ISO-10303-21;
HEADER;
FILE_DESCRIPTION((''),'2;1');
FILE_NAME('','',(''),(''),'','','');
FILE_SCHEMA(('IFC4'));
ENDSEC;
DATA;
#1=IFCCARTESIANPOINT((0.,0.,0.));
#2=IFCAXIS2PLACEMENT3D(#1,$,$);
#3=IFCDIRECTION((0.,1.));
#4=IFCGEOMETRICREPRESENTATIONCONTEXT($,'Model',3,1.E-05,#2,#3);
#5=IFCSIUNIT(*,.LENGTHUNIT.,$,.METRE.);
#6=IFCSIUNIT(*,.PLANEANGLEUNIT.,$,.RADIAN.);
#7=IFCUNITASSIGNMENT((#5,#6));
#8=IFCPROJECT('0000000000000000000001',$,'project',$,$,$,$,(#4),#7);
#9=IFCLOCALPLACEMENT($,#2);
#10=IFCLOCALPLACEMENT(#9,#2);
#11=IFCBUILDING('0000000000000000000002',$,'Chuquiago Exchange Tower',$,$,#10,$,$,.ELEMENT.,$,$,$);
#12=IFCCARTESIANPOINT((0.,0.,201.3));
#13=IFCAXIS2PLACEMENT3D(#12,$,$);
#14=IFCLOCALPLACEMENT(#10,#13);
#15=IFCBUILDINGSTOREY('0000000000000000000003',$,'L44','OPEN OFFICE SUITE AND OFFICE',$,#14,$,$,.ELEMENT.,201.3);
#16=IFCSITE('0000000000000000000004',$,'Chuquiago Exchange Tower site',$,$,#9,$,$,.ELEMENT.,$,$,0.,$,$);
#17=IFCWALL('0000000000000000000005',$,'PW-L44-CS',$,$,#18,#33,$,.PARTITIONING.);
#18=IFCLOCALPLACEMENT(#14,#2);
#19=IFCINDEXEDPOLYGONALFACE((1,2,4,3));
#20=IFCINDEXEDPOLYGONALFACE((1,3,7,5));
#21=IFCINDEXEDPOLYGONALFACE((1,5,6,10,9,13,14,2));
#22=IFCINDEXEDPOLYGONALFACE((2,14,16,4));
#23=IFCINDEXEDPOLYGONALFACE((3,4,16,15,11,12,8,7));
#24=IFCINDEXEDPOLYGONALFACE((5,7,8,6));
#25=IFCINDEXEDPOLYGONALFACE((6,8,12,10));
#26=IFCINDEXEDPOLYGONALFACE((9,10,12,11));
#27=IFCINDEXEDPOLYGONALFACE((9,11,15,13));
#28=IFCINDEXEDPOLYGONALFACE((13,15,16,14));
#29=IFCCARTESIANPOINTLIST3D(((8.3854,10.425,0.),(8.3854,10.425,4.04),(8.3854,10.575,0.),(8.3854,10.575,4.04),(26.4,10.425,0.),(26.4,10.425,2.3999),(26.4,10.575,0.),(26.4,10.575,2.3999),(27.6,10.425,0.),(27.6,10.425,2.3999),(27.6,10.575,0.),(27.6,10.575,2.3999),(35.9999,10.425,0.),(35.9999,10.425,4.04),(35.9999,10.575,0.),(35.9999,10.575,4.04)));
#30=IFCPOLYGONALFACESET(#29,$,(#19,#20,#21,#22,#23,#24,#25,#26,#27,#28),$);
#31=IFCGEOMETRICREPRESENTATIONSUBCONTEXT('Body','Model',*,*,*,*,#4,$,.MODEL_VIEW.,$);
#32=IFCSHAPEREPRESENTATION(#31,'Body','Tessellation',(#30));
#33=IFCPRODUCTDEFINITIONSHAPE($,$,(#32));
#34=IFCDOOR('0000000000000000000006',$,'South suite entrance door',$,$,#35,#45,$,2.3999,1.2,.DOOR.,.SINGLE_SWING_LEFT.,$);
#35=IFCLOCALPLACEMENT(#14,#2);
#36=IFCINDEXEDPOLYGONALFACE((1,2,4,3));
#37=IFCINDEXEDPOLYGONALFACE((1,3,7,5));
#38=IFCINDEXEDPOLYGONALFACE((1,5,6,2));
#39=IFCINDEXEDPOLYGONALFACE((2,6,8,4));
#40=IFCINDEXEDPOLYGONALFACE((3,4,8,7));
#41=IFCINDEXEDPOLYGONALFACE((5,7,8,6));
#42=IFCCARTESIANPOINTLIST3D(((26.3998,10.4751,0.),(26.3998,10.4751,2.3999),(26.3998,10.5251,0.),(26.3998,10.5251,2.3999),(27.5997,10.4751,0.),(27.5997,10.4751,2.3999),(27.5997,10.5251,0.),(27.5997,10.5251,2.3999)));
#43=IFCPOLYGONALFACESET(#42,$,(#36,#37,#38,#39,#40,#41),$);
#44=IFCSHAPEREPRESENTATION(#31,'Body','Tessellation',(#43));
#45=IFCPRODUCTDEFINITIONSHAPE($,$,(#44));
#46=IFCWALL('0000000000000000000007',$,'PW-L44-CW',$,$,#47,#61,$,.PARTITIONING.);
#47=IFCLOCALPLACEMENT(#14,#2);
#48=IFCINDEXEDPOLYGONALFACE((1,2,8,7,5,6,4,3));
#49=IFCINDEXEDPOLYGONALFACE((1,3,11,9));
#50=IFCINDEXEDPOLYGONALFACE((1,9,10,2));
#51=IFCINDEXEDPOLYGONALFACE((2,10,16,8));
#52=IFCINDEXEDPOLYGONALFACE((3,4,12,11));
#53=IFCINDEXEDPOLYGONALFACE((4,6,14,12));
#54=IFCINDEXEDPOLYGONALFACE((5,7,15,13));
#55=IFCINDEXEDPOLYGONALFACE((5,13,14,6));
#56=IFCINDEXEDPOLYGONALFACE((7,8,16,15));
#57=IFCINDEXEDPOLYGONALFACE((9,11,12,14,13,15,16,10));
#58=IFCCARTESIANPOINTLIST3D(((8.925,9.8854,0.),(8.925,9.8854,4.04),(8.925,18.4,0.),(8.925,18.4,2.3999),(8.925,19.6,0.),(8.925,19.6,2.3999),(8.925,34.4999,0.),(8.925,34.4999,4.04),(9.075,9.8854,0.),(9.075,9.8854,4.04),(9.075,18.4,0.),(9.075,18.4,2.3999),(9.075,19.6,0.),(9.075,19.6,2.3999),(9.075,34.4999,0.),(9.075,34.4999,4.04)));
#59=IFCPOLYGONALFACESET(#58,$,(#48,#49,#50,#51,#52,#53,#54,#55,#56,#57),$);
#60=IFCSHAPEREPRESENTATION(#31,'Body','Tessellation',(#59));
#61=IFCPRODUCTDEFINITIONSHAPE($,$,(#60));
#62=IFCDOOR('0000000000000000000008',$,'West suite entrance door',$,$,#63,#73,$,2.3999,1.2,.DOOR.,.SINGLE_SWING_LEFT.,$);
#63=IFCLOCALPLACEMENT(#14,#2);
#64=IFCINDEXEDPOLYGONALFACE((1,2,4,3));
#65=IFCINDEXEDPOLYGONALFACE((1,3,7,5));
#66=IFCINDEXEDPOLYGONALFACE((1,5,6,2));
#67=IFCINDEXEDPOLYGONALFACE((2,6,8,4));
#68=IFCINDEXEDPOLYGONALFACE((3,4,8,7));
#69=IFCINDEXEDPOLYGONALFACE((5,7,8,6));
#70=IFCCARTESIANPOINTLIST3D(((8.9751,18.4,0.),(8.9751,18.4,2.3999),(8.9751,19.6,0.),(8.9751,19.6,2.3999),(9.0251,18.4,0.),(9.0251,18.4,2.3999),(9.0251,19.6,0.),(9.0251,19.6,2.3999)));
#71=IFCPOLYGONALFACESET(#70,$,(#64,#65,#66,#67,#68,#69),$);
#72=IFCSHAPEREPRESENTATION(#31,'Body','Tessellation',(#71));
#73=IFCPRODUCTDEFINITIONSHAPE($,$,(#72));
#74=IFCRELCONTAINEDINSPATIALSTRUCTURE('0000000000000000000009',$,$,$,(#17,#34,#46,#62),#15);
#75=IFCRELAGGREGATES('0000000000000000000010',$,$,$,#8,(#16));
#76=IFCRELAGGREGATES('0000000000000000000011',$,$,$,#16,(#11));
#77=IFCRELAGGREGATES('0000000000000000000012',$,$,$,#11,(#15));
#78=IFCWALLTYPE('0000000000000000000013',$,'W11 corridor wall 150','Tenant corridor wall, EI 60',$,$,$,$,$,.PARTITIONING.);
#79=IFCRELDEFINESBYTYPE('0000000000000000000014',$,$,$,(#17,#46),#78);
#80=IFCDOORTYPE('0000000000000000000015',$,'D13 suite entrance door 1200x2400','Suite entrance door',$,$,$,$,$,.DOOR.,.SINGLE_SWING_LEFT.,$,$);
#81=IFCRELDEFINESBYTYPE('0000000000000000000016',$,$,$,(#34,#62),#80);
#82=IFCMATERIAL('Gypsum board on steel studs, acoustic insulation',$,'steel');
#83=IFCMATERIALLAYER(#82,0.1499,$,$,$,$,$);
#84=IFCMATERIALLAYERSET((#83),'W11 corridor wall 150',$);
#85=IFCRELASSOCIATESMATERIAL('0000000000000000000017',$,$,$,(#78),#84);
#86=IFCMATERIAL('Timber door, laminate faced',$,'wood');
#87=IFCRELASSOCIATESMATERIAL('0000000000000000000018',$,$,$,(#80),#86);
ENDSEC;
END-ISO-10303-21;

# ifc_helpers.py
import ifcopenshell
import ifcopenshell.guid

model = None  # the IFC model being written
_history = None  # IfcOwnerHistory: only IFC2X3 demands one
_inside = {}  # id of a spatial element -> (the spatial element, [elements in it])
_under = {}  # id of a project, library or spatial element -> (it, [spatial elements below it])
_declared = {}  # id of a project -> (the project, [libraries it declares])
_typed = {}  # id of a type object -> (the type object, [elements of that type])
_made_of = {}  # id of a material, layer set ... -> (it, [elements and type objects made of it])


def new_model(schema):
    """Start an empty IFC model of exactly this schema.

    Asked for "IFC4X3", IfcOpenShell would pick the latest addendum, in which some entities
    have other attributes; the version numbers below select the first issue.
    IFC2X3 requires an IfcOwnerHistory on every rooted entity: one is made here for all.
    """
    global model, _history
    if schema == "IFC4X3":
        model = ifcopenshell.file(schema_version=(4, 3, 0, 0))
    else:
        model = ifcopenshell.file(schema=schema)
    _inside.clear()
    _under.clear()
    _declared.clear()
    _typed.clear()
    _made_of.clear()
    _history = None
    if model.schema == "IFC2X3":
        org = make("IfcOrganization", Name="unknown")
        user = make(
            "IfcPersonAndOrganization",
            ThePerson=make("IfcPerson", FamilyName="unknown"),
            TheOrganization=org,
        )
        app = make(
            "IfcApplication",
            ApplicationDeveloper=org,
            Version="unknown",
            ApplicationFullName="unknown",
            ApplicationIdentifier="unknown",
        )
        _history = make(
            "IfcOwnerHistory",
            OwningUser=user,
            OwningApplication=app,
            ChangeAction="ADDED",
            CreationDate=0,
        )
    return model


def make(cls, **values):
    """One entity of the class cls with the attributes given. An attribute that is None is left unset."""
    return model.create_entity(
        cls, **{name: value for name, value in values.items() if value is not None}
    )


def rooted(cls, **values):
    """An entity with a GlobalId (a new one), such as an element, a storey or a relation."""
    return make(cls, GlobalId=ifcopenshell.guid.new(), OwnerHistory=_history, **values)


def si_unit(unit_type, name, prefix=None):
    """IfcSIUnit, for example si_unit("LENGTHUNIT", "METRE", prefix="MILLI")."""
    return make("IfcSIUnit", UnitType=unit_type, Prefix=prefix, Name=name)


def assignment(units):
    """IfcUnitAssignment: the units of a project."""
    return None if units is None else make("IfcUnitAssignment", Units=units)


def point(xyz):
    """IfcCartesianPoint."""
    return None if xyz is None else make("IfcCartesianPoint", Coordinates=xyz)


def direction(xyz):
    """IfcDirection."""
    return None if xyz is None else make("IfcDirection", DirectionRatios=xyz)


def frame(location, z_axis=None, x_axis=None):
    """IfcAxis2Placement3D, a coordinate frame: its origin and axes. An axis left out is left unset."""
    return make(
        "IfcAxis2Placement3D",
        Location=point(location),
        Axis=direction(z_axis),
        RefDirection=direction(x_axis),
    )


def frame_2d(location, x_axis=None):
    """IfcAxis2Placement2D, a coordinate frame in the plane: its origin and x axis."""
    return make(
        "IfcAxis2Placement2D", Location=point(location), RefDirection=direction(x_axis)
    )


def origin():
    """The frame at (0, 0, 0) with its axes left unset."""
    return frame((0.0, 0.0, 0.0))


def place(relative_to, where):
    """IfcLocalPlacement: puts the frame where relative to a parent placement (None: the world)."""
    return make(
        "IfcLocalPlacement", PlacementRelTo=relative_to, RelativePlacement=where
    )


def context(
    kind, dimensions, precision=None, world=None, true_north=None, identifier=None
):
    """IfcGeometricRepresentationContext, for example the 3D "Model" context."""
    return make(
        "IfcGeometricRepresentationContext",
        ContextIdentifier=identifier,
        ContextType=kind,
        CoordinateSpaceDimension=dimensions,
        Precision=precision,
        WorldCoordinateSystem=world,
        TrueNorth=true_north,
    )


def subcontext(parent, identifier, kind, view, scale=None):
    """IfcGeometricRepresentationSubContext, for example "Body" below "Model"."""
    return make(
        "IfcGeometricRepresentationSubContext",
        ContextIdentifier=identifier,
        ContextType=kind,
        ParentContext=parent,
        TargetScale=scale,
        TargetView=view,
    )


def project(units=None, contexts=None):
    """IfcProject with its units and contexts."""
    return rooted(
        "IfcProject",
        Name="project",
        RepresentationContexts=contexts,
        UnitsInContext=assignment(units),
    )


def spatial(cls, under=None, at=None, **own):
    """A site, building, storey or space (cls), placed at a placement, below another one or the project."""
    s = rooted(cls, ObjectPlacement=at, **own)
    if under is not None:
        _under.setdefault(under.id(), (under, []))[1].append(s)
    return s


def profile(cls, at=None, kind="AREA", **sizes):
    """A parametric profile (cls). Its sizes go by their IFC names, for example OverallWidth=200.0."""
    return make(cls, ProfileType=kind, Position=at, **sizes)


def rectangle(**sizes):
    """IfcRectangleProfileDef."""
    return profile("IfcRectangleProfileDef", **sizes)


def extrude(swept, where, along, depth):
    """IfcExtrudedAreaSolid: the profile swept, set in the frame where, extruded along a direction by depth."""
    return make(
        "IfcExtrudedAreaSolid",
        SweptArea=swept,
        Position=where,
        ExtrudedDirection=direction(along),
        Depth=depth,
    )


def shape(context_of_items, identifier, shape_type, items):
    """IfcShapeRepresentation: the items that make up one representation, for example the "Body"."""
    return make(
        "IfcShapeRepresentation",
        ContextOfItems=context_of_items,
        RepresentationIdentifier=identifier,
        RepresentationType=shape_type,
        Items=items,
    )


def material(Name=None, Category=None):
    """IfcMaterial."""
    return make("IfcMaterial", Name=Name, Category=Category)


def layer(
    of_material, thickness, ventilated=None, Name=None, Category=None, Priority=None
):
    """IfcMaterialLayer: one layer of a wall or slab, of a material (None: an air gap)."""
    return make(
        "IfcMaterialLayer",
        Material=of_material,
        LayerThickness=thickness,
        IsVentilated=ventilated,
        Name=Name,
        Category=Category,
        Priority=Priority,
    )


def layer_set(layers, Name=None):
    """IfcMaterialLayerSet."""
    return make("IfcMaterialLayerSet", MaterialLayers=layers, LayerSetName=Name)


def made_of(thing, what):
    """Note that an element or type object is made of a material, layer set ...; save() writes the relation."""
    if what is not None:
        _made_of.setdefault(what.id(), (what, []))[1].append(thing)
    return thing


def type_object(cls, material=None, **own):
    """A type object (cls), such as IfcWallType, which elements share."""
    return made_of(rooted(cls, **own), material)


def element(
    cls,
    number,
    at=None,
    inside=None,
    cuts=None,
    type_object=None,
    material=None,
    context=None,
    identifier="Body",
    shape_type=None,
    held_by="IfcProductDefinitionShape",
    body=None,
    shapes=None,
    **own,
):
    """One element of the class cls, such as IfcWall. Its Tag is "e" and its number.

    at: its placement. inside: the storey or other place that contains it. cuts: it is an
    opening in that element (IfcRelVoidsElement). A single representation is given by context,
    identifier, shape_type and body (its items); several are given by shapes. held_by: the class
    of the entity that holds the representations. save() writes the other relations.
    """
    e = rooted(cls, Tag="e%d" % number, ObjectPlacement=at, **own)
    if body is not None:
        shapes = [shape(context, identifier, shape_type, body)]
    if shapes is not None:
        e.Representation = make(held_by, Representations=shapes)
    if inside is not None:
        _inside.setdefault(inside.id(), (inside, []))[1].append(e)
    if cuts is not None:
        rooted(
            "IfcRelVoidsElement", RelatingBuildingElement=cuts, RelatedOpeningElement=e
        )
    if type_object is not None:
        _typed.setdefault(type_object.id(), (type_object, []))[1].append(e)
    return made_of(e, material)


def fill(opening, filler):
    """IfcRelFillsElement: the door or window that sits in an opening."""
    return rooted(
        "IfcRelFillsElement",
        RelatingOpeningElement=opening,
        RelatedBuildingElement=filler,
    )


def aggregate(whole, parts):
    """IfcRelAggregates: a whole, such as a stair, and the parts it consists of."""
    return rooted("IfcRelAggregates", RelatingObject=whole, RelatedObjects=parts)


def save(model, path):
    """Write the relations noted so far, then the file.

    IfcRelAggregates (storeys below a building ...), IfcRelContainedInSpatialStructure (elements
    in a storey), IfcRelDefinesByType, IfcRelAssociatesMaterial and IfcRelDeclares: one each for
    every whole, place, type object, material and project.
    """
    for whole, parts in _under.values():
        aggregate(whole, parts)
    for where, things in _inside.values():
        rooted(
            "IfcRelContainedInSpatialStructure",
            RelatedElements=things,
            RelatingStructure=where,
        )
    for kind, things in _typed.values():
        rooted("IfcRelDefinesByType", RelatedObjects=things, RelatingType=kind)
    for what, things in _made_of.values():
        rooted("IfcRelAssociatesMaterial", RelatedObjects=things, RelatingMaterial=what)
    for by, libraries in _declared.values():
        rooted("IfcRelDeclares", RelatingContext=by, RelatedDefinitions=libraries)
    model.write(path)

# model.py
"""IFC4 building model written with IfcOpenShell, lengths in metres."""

from ifc_helpers import new_model, si_unit, direction, frame, frame_2d, origin, place, context, subcontext, project, spatial, rectangle, extrude, material, layer, layer_set, type_object, element, fill, save


model = new_model("IFC4")

# Units and contexts
model_context = context("Model", 3, precision=1e-05, world=origin(), true_north=direction((0.0, 1.0)))
body_context = subcontext(model_context, "Body", "Model", "MODEL_VIEW")
ifc_project = project(units=[si_unit("LENGTHUNIT", "METRE"), si_unit("PLANEANGLEUNIT", "RADIAN")], contexts=[model_context])

# Site, building, storey
site_placement = place(None, origin())
site = spatial("IfcSite", under=ifc_project, at=site_placement, Name="Chuquiago Exchange Tower site", CompositionType="ELEMENT", RefElevation=0.0)
building_placement = place(site_placement, origin())
building = spatial("IfcBuilding", under=site, at=building_placement, Name="Chuquiago Exchange Tower", CompositionType="ELEMENT")
storey_placement = place(building_placement, frame((0.0, 0.0, 201.3)))
storey = spatial("IfcBuildingStorey", under=building, at=storey_placement, Name="L44", Description="OPEN OFFICE SUITE AND OFFICE", CompositionType="ELEMENT", Elevation=201.3)

# Walls, openings, doors
ifc_material_1 = material(Name="Gypsum board on steel studs, acoustic insulation", Category="steel")
ifc_layer_1 = layer(ifc_material_1, 0.1499)
ifc_layer_set_1 = layer_set([ifc_layer_1], Name="W11 corridor wall 150")
wall_type_1 = type_object("IfcWallType", Name="W11 corridor wall 150", Description="Tenant corridor wall, EI 60", PredefinedType="PARTITIONING", material=ifc_layer_set_1)
wall_1_placement = place(storey_placement, frame((8.3855, 10.5, 0.0), z_axis=(0.0, 0.0, 1.0), x_axis=(1.0, 0.0, 0.0)))
wall_1 = element("IfcWall", 1, at=wall_1_placement, inside=storey, type_object=wall_type_1, Name="PW-L44-CS", PredefinedType="PARTITIONING", context=body_context, shape_type="SweptSolid", body=[
    extrude(rectangle(XDim=27.6145, YDim=0.1499, at=frame_2d((13.8071, 0.0))), origin(), (0.0, 0.0, 1.0), 4.04),
])
opening_1_placement = place(wall_1_placement, frame((18.0144, 0.0, 0.0)))
opening_1 = element("IfcOpeningElement", 2, at=opening_1_placement, cuts=wall_1, PredefinedType="OPENING", context=body_context, shape_type="SweptSolid", body=[
    extrude(rectangle(XDim=1.2, YDim=2.3999, at=frame_2d((0.6001, 1.2))), frame((0.0, 0.085, 0.0), z_axis=(0.0, -1.0, 0.0), x_axis=(1.0, 0.0, 0.0)), (0.0, 0.0, 1.0), 0.1699),
])
ifc_material_2 = material(Name="Timber door, laminate faced", Category="wood")
door_type = type_object("IfcDoorType", Name="D13 suite entrance door 1200x2400", Description="Suite entrance door", OperationType="SINGLE_SWING_LEFT", PredefinedType="DOOR", material=ifc_material_2)
door_1_placement = place(opening_1_placement, frame((1.2, 0.0, 0.0), z_axis=(0.0, 0.0, 1.0), x_axis=(-1.0, 0.0, 0.0)))
door_1 = element("IfcDoor", 3, at=door_1_placement, inside=storey, type_object=door_type, Name="South suite entrance door", OperationType="SINGLE_SWING_LEFT", OverallHeight=2.3999, OverallWidth=1.2, PredefinedType="DOOR", context=body_context, shape_type="SweptSolid", body=[
    extrude(rectangle(XDim=1.2, YDim=2.3999, at=frame_2d((0.6001, 1.2))), frame((0.0, 0.0249, 0.0), z_axis=(0.0, -1.0, 0.0), x_axis=(1.0, 0.0, 0.0)), (0.0, 0.0, 1.0), 0.05),
])
fill(opening_1, door_1)
wall_2_placement = place(storey_placement, frame((9.0, 9.8855, 0.0), z_axis=(0.0, 0.0, 1.0), x_axis=(0.0, 1.0, 0.0)))
wall_2 = element("IfcWall", 4, at=wall_2_placement, inside=storey, type_object=wall_type_1, Name="PW-L44-CW", PredefinedType="PARTITIONING", context=body_context, shape_type="SweptSolid", body=[
    extrude(rectangle(XDim=24.6145, YDim=0.1499, at=frame_2d((12.3071, 0.0))), origin(), (0.0, 0.0, 1.0), 4.04),
])
opening_2_placement = place(wall_2_placement, frame((8.5144, 0.0, 0.0)))
opening_2 = element("IfcOpeningElement", 5, at=opening_2_placement, cuts=wall_2, PredefinedType="OPENING", context=body_context, shape_type="SweptSolid", body=[
    extrude(rectangle(XDim=1.2, YDim=2.3999, at=frame_2d((0.6001, 1.2))), frame((0.0, 0.085, 0.0), z_axis=(0.0, -1.0, 0.0), x_axis=(1.0, 0.0, 0.0)), (0.0, 0.0, 1.0), 0.1699),
])
door_2_placement = place(opening_2_placement, origin())
door_2 = element("IfcDoor", 6, at=door_2_placement, inside=storey, type_object=door_type, Name="West suite entrance door", OperationType="SINGLE_SWING_LEFT", OverallHeight=2.3999, OverallWidth=1.2, PredefinedType="DOOR", context=body_context, shape_type="SweptSolid", body=[
    extrude(rectangle(XDim=1.2, YDim=2.3999, at=frame_2d((0.6001, 1.2))), frame((0.0, 0.0249, 0.0), z_axis=(0.0, -1.0, 0.0), x_axis=(1.0, 0.0, 0.0)), (0.0, 0.0, 1.0), 0.05),
])
fill(opening_2, door_2)

save(model, "model.ifc")
